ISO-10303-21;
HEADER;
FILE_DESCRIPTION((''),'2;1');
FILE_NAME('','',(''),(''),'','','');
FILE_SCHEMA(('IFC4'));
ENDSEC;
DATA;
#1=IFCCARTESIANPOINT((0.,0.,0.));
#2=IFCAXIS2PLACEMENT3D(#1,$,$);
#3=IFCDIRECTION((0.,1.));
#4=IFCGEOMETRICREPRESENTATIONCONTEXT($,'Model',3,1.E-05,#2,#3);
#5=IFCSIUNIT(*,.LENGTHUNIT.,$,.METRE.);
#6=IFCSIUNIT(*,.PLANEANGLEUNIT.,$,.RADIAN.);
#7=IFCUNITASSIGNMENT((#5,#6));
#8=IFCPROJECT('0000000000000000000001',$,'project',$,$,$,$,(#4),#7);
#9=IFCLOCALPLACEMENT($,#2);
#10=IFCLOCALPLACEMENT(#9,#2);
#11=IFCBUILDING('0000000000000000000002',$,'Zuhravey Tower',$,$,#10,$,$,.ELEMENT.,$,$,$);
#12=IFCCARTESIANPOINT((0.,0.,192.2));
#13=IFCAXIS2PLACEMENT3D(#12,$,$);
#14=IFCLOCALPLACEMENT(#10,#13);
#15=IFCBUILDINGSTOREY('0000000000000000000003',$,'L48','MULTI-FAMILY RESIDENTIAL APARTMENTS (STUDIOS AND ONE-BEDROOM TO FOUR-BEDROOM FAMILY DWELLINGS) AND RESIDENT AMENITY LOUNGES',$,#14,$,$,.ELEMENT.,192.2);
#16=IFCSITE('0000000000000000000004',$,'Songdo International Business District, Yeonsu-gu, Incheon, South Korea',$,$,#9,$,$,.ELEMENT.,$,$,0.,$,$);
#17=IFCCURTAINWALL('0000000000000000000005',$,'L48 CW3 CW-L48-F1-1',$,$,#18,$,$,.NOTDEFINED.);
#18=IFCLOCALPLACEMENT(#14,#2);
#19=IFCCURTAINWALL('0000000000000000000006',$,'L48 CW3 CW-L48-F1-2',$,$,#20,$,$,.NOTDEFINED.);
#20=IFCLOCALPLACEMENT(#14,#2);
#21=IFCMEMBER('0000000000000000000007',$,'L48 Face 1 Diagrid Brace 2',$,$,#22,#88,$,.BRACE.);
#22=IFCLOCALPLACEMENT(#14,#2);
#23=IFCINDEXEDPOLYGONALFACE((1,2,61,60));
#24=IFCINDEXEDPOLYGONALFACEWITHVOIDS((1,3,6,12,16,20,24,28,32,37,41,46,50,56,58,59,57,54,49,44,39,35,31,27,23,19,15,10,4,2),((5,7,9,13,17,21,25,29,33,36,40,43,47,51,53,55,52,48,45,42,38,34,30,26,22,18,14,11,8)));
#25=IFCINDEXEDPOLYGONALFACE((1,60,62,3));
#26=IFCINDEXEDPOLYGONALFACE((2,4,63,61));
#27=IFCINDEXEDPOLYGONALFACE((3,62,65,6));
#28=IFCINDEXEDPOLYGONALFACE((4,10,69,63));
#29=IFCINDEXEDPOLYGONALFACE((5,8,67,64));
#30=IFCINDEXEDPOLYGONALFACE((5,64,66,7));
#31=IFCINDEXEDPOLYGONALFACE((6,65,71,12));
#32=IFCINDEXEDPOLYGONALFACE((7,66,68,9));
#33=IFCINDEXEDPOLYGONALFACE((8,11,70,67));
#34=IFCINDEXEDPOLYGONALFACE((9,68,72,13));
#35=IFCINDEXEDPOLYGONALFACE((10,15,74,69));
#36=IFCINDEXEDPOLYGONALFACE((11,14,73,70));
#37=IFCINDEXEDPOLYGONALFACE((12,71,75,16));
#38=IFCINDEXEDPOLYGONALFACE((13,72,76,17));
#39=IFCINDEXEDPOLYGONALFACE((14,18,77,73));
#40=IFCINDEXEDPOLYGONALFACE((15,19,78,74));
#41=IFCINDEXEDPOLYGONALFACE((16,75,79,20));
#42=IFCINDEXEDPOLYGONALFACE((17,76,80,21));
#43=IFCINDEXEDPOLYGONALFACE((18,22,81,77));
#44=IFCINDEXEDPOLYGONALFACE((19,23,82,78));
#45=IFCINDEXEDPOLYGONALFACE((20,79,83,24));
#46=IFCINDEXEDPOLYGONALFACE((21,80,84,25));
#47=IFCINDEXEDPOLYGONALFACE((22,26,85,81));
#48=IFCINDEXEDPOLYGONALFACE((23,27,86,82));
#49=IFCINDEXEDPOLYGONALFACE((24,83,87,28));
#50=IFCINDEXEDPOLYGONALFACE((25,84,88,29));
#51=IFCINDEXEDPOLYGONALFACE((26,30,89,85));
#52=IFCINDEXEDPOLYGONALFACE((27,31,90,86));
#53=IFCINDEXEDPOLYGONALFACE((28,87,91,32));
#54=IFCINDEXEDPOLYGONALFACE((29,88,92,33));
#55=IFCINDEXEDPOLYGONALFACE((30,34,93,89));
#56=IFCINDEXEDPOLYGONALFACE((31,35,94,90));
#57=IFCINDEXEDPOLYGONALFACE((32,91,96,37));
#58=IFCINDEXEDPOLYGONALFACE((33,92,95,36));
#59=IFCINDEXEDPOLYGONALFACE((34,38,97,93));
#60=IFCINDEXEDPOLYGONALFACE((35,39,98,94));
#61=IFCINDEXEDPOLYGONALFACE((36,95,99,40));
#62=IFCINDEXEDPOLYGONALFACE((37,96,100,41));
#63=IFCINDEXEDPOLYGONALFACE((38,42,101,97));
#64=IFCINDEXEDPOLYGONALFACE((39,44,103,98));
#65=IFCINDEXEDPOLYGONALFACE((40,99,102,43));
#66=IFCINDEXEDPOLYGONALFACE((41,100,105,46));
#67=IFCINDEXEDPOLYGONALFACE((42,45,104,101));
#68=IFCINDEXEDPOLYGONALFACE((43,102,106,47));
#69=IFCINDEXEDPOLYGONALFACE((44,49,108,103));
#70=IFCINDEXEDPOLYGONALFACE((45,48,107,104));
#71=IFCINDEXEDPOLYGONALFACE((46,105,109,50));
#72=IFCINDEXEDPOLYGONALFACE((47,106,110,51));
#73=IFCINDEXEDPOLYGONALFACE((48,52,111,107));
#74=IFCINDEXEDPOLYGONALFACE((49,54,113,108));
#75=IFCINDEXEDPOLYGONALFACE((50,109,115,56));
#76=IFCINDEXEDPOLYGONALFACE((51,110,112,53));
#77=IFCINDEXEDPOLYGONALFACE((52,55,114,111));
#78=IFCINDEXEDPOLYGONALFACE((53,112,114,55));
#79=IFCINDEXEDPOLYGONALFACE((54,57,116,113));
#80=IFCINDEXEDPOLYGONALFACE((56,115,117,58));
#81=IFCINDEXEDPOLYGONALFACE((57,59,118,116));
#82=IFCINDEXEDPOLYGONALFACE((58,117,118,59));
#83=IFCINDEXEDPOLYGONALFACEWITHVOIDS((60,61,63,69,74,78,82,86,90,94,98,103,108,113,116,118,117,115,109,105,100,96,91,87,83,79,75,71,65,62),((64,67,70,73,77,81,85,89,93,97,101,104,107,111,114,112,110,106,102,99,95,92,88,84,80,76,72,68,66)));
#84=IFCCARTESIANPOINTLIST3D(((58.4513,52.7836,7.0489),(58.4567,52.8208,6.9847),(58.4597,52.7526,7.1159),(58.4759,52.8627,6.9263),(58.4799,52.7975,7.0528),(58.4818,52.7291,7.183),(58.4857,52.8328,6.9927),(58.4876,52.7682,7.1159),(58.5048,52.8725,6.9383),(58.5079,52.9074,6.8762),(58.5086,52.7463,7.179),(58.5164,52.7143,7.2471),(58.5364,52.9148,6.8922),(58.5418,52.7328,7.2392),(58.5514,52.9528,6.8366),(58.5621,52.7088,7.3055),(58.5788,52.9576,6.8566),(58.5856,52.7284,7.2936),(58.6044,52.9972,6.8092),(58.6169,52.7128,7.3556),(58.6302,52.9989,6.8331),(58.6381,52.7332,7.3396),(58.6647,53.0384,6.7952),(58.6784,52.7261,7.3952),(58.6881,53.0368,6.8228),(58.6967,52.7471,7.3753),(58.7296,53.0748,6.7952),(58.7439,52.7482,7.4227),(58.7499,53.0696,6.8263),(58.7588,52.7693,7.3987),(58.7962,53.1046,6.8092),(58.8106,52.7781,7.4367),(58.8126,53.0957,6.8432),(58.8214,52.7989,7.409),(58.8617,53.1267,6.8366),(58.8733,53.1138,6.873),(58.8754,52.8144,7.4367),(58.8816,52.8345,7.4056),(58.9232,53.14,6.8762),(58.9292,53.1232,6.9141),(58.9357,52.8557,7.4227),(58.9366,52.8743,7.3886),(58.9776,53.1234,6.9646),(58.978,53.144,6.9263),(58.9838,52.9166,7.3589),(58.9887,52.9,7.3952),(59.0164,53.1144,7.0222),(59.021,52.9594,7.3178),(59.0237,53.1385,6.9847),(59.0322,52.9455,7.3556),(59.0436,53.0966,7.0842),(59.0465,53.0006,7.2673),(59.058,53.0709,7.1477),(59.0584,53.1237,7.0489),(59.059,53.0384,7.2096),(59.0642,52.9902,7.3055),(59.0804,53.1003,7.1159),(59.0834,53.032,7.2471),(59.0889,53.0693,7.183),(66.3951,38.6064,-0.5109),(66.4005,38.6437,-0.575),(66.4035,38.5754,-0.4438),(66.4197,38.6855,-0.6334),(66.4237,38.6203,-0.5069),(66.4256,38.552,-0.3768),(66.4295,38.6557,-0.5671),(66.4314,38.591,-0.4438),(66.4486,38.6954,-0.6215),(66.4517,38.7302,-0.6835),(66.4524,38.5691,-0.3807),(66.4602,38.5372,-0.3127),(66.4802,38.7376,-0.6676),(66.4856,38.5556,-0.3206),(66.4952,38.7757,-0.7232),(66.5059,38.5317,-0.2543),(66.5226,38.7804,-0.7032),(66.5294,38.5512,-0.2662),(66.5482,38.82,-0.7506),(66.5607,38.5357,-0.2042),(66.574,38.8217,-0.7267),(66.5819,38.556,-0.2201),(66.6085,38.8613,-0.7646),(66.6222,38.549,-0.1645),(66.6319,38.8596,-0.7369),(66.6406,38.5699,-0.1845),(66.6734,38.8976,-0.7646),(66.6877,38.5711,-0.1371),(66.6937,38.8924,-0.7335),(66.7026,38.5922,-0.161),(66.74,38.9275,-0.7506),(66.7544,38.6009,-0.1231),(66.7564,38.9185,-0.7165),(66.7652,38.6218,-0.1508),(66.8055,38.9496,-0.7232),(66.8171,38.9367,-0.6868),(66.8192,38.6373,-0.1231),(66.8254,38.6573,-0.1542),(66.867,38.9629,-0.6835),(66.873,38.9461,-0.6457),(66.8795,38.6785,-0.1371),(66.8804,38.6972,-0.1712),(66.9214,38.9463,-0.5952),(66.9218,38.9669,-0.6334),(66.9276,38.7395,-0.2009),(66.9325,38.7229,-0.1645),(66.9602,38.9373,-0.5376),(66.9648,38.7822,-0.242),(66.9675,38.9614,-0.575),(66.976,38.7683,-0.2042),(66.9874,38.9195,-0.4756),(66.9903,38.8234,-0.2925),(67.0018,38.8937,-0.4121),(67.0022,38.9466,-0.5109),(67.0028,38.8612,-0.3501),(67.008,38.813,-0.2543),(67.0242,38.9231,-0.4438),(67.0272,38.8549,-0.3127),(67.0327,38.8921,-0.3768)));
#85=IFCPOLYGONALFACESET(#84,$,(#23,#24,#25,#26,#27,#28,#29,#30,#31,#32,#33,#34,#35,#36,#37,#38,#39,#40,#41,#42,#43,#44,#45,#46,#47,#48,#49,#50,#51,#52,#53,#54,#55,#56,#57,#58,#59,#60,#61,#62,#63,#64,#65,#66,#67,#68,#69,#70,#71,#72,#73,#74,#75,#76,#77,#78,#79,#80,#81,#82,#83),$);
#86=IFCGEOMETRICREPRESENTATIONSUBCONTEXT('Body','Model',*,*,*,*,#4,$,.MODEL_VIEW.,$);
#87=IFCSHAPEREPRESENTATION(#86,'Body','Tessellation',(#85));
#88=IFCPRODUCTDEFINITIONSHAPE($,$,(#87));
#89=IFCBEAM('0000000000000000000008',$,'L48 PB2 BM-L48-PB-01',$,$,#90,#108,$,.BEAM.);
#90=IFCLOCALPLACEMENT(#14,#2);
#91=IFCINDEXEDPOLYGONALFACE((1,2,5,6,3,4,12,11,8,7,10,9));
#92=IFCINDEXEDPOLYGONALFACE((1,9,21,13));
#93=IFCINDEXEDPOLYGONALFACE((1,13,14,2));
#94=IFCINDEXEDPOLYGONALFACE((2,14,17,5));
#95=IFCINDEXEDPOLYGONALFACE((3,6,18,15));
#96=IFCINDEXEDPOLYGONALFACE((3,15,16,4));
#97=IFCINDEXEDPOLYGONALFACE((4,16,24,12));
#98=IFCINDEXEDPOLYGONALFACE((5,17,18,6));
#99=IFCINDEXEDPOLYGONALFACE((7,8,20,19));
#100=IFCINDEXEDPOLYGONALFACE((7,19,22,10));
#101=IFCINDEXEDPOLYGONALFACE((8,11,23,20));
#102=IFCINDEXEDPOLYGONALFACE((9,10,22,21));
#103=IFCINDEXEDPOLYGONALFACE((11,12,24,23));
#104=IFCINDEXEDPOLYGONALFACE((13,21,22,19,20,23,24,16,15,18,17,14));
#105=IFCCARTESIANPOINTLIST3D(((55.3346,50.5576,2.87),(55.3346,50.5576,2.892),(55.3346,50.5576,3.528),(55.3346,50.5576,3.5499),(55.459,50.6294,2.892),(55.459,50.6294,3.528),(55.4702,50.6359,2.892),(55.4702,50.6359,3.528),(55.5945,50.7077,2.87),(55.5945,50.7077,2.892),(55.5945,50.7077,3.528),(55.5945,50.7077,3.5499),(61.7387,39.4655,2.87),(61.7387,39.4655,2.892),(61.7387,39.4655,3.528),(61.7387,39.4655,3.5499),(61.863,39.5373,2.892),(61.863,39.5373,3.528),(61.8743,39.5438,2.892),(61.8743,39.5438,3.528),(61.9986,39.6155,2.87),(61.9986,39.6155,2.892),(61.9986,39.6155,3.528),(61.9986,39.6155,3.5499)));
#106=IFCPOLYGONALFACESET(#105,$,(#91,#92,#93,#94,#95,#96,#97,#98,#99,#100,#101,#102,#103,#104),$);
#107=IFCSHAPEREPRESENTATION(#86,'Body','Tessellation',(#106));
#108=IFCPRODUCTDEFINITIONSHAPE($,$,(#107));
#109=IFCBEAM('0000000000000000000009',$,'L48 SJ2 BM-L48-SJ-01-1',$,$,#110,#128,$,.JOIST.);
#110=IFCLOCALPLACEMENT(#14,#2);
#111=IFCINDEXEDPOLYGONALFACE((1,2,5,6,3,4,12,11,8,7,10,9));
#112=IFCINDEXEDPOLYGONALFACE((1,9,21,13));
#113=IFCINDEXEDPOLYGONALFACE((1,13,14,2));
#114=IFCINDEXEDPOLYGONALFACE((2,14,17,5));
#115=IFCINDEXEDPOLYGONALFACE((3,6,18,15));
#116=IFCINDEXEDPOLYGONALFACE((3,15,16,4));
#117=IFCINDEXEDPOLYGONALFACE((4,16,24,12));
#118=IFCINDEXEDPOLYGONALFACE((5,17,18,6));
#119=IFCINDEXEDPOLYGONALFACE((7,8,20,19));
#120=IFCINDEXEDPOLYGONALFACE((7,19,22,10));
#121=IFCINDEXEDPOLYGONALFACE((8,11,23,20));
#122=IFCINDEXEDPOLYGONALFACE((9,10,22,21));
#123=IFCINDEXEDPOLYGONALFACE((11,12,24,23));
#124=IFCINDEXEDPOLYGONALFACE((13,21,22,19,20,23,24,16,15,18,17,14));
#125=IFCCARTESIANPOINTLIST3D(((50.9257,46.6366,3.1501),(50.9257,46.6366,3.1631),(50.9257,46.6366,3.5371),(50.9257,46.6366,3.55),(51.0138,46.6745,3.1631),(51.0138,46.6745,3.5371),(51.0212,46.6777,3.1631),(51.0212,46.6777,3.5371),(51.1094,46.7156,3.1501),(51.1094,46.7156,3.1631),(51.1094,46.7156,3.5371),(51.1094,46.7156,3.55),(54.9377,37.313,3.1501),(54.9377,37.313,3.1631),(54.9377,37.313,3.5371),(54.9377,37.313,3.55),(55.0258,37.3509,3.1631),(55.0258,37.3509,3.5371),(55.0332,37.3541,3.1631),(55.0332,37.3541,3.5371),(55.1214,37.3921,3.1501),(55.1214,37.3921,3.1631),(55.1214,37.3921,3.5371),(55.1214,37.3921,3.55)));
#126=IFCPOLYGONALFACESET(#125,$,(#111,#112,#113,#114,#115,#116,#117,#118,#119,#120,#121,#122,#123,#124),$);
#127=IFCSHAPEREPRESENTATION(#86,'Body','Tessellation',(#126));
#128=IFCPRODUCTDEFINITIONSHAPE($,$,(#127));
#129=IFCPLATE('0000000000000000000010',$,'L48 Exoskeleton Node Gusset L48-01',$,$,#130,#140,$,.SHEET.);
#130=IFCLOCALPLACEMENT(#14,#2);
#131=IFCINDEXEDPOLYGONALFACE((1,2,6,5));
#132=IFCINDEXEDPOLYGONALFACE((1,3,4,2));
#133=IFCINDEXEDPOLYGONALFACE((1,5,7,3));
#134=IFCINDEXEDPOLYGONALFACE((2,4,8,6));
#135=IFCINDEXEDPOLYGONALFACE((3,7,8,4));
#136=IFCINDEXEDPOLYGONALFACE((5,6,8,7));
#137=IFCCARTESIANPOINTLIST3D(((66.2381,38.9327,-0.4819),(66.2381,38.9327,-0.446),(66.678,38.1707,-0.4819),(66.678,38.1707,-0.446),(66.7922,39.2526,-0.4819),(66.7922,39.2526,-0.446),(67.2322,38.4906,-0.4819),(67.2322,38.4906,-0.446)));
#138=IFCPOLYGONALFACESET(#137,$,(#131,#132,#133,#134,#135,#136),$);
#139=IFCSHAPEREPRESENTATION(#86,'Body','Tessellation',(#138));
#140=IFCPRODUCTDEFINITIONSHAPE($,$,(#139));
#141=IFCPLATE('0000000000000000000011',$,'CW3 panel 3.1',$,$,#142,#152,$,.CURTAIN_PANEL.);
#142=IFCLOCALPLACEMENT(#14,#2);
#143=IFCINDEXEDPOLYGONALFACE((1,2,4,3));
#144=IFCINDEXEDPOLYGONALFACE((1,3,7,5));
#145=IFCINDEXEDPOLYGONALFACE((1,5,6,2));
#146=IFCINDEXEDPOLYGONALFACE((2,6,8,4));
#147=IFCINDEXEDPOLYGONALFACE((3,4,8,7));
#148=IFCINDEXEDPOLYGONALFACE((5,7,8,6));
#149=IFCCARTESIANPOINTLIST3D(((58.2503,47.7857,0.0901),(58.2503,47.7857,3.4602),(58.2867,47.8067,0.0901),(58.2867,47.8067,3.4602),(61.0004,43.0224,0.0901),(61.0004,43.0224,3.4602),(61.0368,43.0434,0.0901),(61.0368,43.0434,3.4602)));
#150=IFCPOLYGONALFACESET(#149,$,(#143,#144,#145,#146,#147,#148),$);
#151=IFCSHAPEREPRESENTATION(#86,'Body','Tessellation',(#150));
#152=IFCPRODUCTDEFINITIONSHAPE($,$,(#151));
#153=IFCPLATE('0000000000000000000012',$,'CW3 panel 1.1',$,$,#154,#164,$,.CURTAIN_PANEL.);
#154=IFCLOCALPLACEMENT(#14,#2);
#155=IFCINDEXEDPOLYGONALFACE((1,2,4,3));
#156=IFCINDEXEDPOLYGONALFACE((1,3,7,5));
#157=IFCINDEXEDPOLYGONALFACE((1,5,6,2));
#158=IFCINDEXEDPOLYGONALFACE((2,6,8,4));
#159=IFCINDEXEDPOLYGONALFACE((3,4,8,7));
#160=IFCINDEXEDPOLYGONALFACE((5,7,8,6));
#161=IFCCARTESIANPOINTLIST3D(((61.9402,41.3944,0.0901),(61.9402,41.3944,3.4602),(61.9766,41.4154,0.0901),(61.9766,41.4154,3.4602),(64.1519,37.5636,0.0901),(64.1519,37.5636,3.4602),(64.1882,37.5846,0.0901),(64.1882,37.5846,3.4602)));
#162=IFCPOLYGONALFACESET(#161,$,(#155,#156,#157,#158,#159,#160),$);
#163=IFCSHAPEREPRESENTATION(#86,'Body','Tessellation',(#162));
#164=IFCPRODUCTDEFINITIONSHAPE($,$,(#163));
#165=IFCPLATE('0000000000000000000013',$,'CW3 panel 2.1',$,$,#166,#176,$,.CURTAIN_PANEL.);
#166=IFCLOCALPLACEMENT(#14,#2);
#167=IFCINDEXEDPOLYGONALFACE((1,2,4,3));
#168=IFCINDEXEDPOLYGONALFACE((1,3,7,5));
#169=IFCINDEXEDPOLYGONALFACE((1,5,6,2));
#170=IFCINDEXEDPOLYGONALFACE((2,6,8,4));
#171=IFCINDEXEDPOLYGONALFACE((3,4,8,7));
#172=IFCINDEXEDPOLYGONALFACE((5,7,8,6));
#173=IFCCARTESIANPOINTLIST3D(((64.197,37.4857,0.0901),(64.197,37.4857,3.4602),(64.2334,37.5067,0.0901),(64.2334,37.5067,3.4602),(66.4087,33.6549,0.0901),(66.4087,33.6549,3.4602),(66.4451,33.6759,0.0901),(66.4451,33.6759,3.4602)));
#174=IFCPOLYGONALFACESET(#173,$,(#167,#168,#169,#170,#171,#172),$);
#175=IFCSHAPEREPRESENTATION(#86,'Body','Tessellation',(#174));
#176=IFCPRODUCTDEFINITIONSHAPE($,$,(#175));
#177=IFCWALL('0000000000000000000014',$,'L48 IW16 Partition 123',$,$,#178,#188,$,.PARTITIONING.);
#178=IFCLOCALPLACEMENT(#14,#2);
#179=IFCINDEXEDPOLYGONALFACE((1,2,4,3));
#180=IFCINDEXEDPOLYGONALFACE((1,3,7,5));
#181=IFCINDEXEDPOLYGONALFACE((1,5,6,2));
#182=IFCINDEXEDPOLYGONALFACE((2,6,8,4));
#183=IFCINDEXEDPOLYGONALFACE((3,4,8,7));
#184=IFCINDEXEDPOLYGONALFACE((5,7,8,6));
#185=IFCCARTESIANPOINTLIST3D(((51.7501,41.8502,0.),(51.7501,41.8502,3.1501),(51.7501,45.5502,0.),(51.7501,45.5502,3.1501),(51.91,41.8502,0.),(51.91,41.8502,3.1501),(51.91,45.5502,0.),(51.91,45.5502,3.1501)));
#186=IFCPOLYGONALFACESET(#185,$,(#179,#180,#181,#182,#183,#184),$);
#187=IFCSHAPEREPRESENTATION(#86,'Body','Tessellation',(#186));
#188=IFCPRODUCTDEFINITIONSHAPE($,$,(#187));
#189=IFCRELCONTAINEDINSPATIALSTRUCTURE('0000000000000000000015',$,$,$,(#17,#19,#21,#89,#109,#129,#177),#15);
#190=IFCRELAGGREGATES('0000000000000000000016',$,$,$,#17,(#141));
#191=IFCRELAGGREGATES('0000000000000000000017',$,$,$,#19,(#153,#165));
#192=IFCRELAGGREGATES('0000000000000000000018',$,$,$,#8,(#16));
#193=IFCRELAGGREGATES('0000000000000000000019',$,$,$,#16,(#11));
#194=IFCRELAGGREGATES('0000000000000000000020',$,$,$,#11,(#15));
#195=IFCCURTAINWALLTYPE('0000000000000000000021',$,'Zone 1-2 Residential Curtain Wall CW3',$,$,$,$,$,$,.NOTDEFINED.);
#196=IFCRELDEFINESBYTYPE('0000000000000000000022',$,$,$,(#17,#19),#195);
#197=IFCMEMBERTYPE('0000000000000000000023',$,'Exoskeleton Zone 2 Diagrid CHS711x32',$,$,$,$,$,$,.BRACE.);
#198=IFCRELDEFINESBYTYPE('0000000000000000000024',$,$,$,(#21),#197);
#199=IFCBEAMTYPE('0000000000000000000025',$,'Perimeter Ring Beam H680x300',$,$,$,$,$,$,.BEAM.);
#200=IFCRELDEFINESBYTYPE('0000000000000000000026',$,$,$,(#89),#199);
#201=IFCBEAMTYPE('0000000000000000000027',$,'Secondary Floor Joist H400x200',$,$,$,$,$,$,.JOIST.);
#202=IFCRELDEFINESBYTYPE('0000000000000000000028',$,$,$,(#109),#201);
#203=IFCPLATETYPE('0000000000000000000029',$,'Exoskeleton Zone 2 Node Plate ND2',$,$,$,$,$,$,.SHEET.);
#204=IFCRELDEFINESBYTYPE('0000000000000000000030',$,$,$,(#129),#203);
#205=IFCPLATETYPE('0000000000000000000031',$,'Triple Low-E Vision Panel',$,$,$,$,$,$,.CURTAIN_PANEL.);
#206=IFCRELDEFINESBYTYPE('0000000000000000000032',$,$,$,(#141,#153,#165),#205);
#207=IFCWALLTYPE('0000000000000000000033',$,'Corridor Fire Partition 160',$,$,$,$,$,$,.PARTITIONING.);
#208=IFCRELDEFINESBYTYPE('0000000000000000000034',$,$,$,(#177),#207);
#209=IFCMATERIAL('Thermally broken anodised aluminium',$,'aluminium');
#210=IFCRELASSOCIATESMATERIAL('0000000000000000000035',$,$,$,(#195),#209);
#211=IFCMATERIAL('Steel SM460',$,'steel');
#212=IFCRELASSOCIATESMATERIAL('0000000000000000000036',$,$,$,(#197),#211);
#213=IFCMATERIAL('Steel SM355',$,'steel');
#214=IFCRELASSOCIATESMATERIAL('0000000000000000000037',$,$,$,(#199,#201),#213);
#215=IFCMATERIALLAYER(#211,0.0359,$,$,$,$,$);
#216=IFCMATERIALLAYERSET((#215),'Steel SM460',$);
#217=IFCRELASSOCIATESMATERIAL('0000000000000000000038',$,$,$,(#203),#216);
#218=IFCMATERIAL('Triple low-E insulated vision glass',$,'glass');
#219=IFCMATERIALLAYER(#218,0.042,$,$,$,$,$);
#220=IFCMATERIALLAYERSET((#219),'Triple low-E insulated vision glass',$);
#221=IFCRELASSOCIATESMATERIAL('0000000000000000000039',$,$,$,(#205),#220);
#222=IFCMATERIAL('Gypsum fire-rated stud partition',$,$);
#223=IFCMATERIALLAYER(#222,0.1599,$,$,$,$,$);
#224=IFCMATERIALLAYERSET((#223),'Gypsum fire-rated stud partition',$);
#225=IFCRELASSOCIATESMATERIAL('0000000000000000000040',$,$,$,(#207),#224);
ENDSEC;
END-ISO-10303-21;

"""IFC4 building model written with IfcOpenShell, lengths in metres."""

from ifc_helpers import new_model, si_unit, direction, frame, frame_2d, origin, origin_2d, place, context, subcontext, project, spatial, rectangle, hollow_circle, i_section, extrude, material, layer, layer_set, material_profile, profile_set, type_object, element, aggregate, save


model = new_model("IFC4")

# Units and contexts
model_context = context("Model", 3, precision=1e-05, world=origin(), true_north=direction((0.0, 1.0)))
body_context = subcontext(model_context, "Body", "Model", "MODEL_VIEW")
ifc_project = project(units=[si_unit("LENGTHUNIT", "METRE"), si_unit("PLANEANGLEUNIT", "RADIAN")], contexts=[model_context])

# Site, building, storey
site_placement = place(None, origin())
site = spatial("IfcSite", under=ifc_project, at=site_placement, Name="Songdo International Business District, Yeonsu-gu, Incheon, South Korea", CompositionType="ELEMENT", RefElevation=0.0)
building_placement = place(site_placement, origin())
building = spatial("IfcBuilding", under=site, at=building_placement, Name="Zuhravey Tower", CompositionType="ELEMENT")
storey_placement = place(building_placement, frame((0.0, 0.0, 192.2)))
storey = spatial("IfcBuildingStorey", under=building, at=storey_placement, Name="L48", Description="MULTI-FAMILY RESIDENTIAL APARTMENTS (STUDIOS AND ONE-BEDROOM TO FOUR-BEDROOM FAMILY DWELLINGS) AND RESIDENT AMENITY LOUNGES", CompositionType="ELEMENT", Elevation=192.2)

# Curtain wall
ifc_material_1 = material(Name="Thermally broken anodised aluminium", Category="aluminium")
curtain_wall_type = type_object("IfcCurtainWallType", Name="Zone 1-2 Residential Curtain Wall CW3", PredefinedType="NOTDEFINED", material=ifc_material_1)
curtain_wall_1_placement = place(storey_placement, origin())
curtain_wall_1 = element("IfcCurtainWall", 1, at=curtain_wall_1_placement, inside=storey, type_object=curtain_wall_type, Name="L48 CW3 CW-L48-F1-1", PredefinedType="NOTDEFINED")

# Curtain wall
curtain_wall_2_placement = place(storey_placement, origin())
curtain_wall_2 = element("IfcCurtainWall", 2, at=curtain_wall_2_placement, inside=storey, type_object=curtain_wall_type, Name="L48 CW3 CW-L48-F1-2", PredefinedType="NOTDEFINED")

# Member
ifc_material_2 = material(Name="Steel SM355", Category="steel")
ifc_material_3 = material(Name="Steel SM460", Category="steel")
ifc_material_profile_1 = material_profile(ifc_material_3, hollow_circle(Radius=0.3557, WallThickness=0.032, at=origin_2d()), Name="CHS-711.2x32")
ifc_profile_set_1 = profile_set([ifc_material_profile_1], Name="Steel SM460")
member_type_1 = type_object("IfcMemberType", Name="Exoskeleton Zone 2 Diagrid CHS711x32", PredefinedType="BRACE", material=ifc_profile_set_1)
member_1_placement = place(storey_placement, frame((66.7139, 38.7493, -0.4438), z_axis=(-0.44321, 0.790989, 0.421784), x_axis=(-0.872386, -0.488818, 0.0)))
element("IfcMember", 3, at=member_1_placement, inside=storey, type_object=member_type_1, Name="L48 Face 1 Diagrid Brace 2", PredefinedType="BRACE", context=body_context, shape_type="SweptSolid", body=[
    extrude(hollow_circle(Radius=0.3557, WallThickness=0.032, at=origin_2d()), origin(), (0.0, 0.0, 1.0), 17.9233),
])

# Beams
ifc_material_profile_2 = material_profile(ifc_material_2, i_section(OverallWidth=0.3, OverallDepth=0.6799, WebThickness=0.0129, FlangeThickness=0.022, at=origin_2d()), Name="H-680x300x13x22")
ifc_profile_set_2 = profile_set([ifc_material_profile_2], Name="Steel SM355")
beam_type_1 = type_object("IfcBeamType", Name="Perimeter Ring Beam H680x300", PredefinedType="BEAM", material=ifc_profile_set_2)
beam_1_placement = place(storey_placement, frame((61.8687, 39.5405, 3.21), z_axis=(-0.500004, 0.866023, 0.0), x_axis=(-0.866023, -0.500004, 0.0)))
element("IfcBeam", 4, at=beam_1_placement, inside=storey, type_object=beam_type_1, Name="L48 PB2 BM-L48-PB-01", PredefinedType="BEAM", context=body_context, shape_type="SweptSolid", body=[
    extrude(i_section(OverallWidth=0.3, OverallDepth=0.6799, WebThickness=0.0129, FlangeThickness=0.022, at=origin_2d()), origin(), (0.0, 0.0, 1.0), 12.8081),
])
ifc_material_profile_3 = material_profile(ifc_material_2, i_section(OverallWidth=0.2, OverallDepth=0.3999, WebThickness=0.0081, FlangeThickness=0.0129, at=origin_2d()), Name="H-400x200x8x13")
ifc_profile_set_3 = profile_set([ifc_material_profile_3], Name="Steel SM355")
beam_type_2 = type_object("IfcBeamType", Name="Secondary Floor Joist H400x200", PredefinedType="JOIST", material=ifc_profile_set_3)
beam_2_placement = place(storey_placement, frame((55.0295, 37.3525, 3.3501), z_axis=(-0.395266, 0.918567, 0.0), x_axis=(-0.918567, -0.395266, 0.0)))
element("IfcBeam", 5, at=beam_2_placement, inside=storey, type_object=beam_type_2, Name="L48 SJ2 BM-L48-SJ-01-1", PredefinedType="JOIST", context=body_context, shape_type="SweptSolid", body=[
    extrude(i_section(OverallWidth=0.2, OverallDepth=0.3999, WebThickness=0.0081, FlangeThickness=0.0129, at=origin_2d()), origin(), (0.0, 0.0, 1.0), 10.1501),
])

# Plates
ifc_layer_1 = layer(ifc_material_3, 0.0359)
ifc_layer_set_1 = layer_set([ifc_layer_1], Name="Steel SM460")
plate_type_1 = type_object("IfcPlateType", Name="Exoskeleton Zone 2 Node Plate ND2", PredefinedType="SHEET", material=ifc_layer_set_1)
plate_1_placement = place(storey_placement, frame((66.7351, 38.7117, -0.4819), z_axis=(0.0, 0.0, 1.0), x_axis=(-0.5, 0.866025, 0.0)))
element("IfcPlate", 6, at=plate_1_placement, inside=storey, type_object=plate_type_1, Name="L48 Exoskeleton Node Gusset L48-01", PredefinedType="SHEET", context=body_context, shape_type="SweptSolid", body=[
    extrude(rectangle(XDim=0.8799, YDim=0.6399, at=origin_2d()), origin(), (0.0, 0.0, 1.0), 0.0359),
])
ifc_material_4 = material(Name="Triple low-E insulated vision glass", Category="glass")
ifc_layer_2 = layer(ifc_material_4, 0.042)
ifc_layer_set_2 = layer_set([ifc_layer_2], Name="Triple low-E insulated vision glass")
plate_type_2 = type_object("IfcPlateType", Name="Triple Low-E Vision Panel", PredefinedType="CURTAIN_PANEL", material=ifc_layer_set_2)
plate_2_placement = place(storey_placement, frame((59.6436, 45.4146, 0.0901), z_axis=(0.0, 0.0, 1.0), x_axis=(0.500002, -0.866024, 0.0)))
plate_2 = element("IfcPlate", 7, at=plate_2_placement, type_object=plate_type_2, Name="CW3 panel 3.1", PredefinedType="CURTAIN_PANEL", context=body_context, shape_type="SweptSolid", body=[
    extrude(rectangle(XDim=5.5002, YDim=0.042, at=origin_2d()), origin(), (0.0, 0.0, 1.0), 3.3701),
])
aggregate(curtain_wall_1, [plate_2])
plate_3_placement = place(storey_placement, frame((63.0642, 39.4895, 0.0901), z_axis=(0.0, 0.0, 1.0), x_axis=(0.499996, -0.866028, 0.0)))
plate_3 = element("IfcPlate", 8, at=plate_3_placement, type_object=plate_type_2, Name="CW3 panel 1.1", PredefinedType="CURTAIN_PANEL", context=body_context, shape_type="SweptSolid", body=[
    extrude(rectangle(XDim=4.4233, YDim=0.042, at=origin_2d()), origin(), (0.0, 0.0, 1.0), 3.3701),
])
plate_4_placement = place(storey_placement, frame((65.321, 35.5808, 0.0901), z_axis=(0.0, 0.0, 1.0), x_axis=(0.499996, -0.866028, 0.0)))
plate_4 = element("IfcPlate", 9, at=plate_4_placement, type_object=plate_type_2, Name="CW3 panel 2.1", PredefinedType="CURTAIN_PANEL", context=body_context, shape_type="SweptSolid", body=[
    extrude(rectangle(XDim=4.4233, YDim=0.042, at=origin_2d()), origin(), (0.0, 0.0, 1.0), 3.3701),
])
aggregate(curtain_wall_2, [plate_3, plate_4])

# Wall
ifc_material_5 = material(Name="Gypsum fire-rated stud partition")
ifc_layer_3 = layer(ifc_material_5, 0.1599)
ifc_layer_set_3 = layer_set([ifc_layer_3], Name="Gypsum fire-rated stud partition")
wall_type_1 = type_object("IfcWallType", Name="Corridor Fire Partition 160", PredefinedType="PARTITIONING", material=ifc_layer_set_3)
wall_1_placement = place(storey_placement, frame((51.8301, 41.8501, 0.0), z_axis=(0.0, 0.0, 1.0), x_axis=(0.0, 1.0, 0.0)))
element("IfcWall", 10, at=wall_1_placement, inside=storey, type_object=wall_type_1, Name="L48 IW16 Partition 123", PredefinedType="PARTITIONING", context=body_context, shape_type="SweptSolid", body=[
    extrude(rectangle(XDim=3.7, YDim=0.1599, at=frame_2d((1.8501, 0.0))), origin(), (0.0, 0.0, 1.0), 3.1501),
])

save(model, "model.ifc")
